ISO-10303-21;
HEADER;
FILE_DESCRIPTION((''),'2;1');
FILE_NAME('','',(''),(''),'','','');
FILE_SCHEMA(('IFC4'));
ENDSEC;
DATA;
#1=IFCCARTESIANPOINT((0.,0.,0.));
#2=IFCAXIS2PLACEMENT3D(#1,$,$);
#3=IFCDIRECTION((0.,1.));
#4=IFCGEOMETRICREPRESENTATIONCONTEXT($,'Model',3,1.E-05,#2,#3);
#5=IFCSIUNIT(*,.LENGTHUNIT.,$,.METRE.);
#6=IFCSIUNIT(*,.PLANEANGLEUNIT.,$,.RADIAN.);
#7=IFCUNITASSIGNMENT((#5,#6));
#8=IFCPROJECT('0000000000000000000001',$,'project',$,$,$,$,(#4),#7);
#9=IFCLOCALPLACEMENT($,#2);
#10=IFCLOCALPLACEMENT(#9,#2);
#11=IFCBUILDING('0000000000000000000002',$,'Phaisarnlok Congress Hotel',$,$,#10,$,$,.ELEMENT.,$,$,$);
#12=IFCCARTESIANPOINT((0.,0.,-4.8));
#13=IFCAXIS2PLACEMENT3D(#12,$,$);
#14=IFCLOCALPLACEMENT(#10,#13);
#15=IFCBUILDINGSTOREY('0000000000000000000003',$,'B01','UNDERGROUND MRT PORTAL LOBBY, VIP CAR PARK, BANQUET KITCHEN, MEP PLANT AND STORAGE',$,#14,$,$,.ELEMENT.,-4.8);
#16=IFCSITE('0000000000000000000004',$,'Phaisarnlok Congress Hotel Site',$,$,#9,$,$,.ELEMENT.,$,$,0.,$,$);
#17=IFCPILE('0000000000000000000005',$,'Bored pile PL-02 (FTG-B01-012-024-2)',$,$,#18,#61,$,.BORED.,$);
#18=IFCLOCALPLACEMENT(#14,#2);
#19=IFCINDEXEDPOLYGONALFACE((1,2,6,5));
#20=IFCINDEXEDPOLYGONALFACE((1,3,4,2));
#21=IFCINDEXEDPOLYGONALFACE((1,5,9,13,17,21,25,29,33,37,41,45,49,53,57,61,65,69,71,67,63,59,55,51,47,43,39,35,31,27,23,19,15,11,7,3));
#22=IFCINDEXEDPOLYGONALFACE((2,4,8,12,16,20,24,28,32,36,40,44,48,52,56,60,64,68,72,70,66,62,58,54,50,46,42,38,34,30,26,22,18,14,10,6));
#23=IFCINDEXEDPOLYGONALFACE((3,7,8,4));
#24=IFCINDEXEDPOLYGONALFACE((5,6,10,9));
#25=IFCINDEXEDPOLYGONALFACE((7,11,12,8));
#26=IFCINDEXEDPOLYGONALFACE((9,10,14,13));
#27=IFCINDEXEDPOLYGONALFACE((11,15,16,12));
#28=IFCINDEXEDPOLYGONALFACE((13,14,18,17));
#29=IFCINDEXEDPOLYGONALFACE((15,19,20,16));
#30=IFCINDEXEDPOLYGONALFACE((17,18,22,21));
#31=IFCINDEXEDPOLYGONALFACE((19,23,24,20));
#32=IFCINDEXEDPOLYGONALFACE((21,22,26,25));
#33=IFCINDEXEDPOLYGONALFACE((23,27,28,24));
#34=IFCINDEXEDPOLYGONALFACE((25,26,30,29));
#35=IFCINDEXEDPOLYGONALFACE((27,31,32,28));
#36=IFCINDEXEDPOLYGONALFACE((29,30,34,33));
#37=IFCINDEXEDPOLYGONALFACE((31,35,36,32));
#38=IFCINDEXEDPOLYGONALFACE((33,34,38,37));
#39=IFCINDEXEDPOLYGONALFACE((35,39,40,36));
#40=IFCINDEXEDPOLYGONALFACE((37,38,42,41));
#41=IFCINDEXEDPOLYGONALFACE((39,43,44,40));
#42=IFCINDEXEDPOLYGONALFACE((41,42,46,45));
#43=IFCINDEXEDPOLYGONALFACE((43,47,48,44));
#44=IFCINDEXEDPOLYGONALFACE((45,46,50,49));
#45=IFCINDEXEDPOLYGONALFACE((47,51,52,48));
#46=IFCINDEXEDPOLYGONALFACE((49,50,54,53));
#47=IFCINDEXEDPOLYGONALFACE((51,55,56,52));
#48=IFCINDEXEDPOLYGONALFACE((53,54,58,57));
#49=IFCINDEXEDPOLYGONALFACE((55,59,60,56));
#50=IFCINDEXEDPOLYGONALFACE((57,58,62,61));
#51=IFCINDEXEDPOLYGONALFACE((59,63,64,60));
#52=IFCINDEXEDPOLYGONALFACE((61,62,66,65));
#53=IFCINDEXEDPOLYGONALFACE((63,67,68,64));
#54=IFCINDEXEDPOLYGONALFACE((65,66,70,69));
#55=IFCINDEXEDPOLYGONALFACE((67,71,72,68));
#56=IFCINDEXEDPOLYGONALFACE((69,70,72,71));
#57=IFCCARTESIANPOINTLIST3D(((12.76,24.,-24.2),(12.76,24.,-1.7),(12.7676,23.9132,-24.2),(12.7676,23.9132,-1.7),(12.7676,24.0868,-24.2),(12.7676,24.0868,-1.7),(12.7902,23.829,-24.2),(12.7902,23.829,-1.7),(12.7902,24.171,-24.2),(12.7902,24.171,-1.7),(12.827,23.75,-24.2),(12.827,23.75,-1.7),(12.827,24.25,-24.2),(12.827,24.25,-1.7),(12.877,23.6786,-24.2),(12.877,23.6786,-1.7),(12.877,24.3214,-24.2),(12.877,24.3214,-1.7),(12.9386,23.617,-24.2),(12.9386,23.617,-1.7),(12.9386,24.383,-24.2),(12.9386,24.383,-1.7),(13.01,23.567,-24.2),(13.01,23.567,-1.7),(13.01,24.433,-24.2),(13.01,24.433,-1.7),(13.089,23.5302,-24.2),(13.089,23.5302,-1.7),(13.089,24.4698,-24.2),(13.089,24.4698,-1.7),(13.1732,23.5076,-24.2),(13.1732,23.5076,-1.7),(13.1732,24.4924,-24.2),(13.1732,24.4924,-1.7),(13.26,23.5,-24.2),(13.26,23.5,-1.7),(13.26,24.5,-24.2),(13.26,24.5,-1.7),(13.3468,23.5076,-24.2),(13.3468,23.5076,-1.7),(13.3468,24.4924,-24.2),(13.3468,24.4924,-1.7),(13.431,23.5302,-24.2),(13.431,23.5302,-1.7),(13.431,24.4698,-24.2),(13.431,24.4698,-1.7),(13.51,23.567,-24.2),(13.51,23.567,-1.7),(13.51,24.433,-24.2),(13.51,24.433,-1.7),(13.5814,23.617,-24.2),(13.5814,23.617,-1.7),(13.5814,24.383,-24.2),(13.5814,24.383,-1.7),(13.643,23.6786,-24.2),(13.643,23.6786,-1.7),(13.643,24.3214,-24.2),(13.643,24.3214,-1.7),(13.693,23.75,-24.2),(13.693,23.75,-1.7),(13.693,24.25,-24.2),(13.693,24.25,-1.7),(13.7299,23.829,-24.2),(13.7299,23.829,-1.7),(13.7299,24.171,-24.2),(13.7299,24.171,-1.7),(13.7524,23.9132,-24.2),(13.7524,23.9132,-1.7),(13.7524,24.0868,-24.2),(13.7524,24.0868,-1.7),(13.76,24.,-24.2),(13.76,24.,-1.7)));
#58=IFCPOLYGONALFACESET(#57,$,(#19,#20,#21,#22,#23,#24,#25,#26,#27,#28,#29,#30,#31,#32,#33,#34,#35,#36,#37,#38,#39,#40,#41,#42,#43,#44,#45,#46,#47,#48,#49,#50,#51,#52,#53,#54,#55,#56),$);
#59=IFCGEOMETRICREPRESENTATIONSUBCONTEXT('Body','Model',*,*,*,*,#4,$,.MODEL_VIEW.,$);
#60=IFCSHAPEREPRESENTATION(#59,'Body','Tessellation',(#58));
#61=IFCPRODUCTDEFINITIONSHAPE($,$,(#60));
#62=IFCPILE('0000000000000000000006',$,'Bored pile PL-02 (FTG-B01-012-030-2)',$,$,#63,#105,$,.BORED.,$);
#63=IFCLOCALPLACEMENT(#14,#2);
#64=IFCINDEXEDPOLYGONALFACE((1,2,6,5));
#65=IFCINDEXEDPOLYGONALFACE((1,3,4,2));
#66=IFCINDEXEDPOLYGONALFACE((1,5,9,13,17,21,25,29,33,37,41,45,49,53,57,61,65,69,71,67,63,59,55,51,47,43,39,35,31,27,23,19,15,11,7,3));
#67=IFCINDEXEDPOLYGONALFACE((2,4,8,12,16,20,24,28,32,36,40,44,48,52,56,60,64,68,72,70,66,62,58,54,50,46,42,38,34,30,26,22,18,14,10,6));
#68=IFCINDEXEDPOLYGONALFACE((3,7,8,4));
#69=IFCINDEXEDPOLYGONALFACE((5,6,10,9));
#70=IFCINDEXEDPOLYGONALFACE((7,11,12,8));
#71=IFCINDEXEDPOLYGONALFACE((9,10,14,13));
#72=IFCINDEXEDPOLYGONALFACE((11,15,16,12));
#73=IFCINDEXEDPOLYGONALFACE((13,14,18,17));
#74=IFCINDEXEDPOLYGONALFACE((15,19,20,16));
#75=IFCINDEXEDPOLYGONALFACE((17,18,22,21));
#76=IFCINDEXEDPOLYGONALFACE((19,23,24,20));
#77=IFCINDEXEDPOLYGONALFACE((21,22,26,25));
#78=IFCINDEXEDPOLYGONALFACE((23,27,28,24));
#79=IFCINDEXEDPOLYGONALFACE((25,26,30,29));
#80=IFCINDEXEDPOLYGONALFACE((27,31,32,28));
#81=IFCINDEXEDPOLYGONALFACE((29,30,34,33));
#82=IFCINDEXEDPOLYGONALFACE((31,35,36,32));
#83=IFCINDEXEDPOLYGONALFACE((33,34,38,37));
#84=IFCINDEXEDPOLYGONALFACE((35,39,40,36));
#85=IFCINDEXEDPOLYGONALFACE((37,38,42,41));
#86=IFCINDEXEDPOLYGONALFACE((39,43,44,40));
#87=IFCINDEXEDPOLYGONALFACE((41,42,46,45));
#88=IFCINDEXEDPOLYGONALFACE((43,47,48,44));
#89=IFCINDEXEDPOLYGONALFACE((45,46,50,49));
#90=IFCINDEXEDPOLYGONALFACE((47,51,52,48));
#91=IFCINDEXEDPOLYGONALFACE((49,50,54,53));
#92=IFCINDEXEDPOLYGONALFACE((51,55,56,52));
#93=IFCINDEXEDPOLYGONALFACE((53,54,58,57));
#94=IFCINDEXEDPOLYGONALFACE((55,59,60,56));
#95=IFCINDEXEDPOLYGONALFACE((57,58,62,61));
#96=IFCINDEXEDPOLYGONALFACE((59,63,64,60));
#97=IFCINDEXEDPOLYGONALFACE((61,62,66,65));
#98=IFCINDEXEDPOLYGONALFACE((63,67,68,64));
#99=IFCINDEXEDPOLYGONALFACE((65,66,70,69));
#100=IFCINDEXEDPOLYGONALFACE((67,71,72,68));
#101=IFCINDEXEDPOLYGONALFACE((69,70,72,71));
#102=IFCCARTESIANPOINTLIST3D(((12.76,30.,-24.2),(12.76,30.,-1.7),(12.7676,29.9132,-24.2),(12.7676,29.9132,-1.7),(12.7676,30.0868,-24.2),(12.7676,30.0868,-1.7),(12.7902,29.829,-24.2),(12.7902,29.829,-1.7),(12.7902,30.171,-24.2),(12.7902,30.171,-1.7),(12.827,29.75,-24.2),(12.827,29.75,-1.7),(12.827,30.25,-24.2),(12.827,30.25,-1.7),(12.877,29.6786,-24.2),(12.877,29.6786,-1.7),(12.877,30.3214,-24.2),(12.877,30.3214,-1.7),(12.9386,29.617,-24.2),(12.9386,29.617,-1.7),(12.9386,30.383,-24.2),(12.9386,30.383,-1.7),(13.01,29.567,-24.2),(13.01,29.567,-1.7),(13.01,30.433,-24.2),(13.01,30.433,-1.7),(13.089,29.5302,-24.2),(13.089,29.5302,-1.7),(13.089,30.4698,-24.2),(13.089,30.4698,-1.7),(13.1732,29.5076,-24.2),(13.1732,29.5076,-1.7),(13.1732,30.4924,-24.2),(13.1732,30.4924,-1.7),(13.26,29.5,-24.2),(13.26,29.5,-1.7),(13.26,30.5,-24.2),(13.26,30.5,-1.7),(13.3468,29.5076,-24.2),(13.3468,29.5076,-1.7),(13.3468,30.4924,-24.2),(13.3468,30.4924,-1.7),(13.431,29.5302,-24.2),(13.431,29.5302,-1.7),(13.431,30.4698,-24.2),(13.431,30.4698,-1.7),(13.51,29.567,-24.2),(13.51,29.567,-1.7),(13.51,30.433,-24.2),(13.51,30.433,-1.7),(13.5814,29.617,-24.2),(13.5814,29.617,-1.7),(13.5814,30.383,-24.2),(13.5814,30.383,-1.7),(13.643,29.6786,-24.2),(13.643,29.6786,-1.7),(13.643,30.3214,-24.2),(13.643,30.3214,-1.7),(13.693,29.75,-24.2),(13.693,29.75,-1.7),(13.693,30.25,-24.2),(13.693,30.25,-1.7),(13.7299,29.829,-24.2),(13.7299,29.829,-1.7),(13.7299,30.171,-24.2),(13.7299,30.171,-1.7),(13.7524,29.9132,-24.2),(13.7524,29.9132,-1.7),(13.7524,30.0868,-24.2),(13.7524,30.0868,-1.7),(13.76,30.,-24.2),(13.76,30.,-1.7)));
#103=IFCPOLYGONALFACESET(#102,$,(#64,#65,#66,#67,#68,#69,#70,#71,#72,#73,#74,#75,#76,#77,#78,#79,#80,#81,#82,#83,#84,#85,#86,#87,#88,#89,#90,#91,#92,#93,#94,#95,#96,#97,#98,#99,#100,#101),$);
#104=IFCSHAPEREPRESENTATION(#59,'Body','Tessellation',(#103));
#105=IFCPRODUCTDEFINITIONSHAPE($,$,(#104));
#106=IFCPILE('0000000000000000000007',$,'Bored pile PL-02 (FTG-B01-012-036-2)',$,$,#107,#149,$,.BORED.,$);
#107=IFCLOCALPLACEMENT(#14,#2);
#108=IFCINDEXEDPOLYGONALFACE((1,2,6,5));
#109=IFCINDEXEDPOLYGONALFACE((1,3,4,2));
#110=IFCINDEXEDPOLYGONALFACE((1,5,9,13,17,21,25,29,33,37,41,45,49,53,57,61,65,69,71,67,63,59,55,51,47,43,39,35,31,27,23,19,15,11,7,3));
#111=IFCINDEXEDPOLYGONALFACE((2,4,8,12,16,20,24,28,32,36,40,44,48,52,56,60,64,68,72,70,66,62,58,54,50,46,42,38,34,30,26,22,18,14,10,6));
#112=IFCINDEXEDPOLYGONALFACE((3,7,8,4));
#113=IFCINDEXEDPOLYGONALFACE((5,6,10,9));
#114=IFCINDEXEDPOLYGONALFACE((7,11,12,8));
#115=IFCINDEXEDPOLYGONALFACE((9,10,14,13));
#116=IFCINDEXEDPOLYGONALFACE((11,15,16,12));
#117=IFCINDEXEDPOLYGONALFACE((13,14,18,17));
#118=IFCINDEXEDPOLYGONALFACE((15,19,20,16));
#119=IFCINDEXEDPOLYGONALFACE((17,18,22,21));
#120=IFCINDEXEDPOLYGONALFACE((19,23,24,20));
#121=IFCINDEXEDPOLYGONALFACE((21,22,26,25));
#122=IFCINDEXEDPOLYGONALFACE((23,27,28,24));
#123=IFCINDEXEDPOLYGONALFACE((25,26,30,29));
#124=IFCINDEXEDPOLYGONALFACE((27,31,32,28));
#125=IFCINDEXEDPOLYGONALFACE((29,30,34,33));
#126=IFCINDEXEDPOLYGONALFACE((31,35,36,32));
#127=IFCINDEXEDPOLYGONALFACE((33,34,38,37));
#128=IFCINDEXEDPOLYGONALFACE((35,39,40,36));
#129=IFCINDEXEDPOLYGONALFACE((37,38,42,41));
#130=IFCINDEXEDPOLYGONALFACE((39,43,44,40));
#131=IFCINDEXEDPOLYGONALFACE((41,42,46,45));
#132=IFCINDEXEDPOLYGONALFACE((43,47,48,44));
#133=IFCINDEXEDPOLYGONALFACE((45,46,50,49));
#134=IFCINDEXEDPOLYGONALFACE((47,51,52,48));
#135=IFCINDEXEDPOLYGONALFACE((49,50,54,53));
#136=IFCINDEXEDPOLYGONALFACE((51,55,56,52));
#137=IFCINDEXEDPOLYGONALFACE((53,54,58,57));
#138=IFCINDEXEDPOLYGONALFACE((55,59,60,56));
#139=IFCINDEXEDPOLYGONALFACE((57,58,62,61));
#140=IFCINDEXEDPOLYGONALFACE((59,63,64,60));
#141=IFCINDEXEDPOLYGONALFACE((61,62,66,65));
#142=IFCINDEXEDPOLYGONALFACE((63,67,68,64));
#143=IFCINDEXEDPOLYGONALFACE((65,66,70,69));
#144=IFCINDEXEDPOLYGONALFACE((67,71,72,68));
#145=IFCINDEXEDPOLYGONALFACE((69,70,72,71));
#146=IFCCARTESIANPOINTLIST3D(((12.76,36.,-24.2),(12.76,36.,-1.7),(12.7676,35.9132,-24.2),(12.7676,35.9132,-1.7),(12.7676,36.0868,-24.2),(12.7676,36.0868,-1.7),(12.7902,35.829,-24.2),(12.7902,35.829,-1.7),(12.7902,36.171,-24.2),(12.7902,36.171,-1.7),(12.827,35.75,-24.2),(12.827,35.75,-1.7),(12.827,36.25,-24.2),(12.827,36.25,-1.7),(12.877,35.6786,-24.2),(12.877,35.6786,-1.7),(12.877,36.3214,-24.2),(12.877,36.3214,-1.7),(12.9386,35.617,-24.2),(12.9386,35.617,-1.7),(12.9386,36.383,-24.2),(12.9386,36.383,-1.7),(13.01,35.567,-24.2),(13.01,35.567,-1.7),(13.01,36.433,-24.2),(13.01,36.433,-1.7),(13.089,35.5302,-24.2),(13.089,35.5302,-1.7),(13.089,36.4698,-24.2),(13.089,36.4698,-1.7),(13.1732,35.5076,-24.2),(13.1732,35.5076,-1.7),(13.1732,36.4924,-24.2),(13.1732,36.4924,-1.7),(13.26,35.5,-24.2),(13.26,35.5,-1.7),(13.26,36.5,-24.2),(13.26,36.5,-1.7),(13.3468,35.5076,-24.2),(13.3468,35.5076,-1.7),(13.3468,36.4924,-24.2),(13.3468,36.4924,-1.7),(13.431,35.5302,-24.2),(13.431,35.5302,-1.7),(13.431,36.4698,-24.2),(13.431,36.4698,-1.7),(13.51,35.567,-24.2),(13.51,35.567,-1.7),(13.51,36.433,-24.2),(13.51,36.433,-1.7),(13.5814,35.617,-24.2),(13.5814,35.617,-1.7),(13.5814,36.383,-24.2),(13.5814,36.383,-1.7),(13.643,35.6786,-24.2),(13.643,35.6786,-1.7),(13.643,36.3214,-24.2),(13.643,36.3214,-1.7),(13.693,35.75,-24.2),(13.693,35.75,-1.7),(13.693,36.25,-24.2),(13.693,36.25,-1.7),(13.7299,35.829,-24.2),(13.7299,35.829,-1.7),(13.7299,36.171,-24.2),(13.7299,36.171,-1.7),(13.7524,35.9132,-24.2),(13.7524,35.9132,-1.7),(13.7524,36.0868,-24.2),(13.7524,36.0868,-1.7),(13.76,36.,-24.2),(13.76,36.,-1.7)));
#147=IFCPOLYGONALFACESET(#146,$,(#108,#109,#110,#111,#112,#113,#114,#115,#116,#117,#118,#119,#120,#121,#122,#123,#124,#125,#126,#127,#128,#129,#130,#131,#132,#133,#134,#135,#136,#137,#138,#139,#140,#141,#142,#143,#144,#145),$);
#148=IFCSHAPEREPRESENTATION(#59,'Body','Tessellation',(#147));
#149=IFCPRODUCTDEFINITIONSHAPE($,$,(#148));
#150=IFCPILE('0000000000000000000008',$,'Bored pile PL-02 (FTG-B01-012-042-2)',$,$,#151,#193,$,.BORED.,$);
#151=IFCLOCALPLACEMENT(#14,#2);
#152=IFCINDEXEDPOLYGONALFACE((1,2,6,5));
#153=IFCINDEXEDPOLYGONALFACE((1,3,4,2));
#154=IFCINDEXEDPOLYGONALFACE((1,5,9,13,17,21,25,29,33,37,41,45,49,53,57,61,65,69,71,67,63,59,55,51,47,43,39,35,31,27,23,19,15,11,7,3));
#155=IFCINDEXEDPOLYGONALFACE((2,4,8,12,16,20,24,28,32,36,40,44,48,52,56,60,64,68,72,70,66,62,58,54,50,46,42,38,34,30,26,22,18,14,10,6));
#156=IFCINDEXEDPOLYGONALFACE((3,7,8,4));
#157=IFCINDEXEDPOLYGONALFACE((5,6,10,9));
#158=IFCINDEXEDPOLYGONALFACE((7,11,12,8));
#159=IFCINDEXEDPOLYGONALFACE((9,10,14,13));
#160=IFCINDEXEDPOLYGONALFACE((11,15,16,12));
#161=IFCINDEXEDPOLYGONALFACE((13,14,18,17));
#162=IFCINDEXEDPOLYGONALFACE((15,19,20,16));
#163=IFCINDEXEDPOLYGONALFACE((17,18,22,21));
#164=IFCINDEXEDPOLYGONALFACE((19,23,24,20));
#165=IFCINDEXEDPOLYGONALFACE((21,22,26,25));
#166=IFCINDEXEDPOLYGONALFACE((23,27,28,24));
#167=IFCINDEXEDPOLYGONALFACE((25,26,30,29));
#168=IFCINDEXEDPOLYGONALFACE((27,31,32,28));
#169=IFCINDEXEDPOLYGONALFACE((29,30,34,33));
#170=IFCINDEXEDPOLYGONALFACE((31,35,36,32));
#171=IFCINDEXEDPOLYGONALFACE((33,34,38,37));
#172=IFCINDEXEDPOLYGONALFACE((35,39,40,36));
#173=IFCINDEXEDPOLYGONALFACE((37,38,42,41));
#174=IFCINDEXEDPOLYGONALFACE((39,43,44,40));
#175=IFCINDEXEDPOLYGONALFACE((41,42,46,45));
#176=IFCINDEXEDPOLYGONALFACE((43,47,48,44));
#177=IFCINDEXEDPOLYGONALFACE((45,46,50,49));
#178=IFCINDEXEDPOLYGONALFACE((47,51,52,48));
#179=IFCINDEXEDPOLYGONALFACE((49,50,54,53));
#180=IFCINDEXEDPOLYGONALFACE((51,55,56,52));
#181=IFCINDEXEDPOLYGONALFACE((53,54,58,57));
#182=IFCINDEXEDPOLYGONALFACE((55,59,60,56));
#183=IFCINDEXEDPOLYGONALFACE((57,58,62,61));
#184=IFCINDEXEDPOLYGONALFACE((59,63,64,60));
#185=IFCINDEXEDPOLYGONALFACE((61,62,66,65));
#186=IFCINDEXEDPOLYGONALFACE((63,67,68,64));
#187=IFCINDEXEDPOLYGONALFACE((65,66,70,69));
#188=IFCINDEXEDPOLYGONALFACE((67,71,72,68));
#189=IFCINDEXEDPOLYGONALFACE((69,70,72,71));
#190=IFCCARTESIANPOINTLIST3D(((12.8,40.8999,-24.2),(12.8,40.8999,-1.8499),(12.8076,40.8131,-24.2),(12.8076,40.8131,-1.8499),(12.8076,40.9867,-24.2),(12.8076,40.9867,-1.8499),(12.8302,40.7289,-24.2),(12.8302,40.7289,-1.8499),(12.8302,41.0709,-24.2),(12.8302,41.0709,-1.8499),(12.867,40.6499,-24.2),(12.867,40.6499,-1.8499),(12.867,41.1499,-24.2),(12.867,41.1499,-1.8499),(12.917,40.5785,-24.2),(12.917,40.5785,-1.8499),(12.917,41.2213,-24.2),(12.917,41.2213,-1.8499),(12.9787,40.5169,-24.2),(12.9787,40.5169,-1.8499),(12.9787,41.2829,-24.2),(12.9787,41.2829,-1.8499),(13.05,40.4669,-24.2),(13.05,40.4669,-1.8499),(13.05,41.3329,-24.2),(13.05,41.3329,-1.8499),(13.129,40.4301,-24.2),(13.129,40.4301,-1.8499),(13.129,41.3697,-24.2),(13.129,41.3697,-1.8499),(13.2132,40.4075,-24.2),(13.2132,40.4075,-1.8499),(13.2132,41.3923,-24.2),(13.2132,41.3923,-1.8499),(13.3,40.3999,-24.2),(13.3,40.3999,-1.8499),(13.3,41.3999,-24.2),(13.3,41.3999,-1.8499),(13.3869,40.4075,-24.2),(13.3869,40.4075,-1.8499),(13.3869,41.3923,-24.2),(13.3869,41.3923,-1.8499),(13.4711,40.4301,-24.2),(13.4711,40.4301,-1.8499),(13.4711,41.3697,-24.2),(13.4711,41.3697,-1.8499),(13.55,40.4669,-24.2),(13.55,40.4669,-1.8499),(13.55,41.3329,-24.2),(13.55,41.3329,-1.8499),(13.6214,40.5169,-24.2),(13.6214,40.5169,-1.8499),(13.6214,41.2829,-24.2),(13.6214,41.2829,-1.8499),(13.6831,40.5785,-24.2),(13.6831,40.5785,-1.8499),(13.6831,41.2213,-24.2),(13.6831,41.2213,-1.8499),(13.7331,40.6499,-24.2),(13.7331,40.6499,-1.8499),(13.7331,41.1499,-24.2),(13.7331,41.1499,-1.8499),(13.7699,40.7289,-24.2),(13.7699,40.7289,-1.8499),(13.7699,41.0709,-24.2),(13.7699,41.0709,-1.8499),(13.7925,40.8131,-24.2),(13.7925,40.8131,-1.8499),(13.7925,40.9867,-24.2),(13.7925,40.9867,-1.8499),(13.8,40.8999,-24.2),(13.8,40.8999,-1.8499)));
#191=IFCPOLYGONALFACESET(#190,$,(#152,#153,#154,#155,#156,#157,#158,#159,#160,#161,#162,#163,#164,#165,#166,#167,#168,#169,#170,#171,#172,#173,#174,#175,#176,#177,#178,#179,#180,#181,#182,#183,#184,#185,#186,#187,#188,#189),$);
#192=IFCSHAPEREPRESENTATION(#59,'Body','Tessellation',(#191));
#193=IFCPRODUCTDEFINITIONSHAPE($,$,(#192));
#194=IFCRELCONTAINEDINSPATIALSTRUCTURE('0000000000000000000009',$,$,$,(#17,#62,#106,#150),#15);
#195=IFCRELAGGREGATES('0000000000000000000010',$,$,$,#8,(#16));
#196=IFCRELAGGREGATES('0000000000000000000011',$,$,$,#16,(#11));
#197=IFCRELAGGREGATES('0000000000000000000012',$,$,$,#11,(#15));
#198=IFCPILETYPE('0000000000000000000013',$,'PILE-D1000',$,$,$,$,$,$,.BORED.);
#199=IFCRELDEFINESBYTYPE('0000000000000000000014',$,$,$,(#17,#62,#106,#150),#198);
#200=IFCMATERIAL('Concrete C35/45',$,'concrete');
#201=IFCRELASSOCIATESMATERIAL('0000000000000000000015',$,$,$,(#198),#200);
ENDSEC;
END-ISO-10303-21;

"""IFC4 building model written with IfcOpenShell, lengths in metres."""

from ifc_helpers import new_model, si_unit, direction, frame, origin, origin_2d, place, context, subcontext, project, spatial, circle, extrude, material, material_profile, profile_set, type_object, element, save


model = new_model("IFC4")

# Units and contexts
model_context = context("Model", 3, precision=1e-05, world=origin(), true_north=direction((0.0, 1.0)))
body_context = subcontext(model_context, "Body", "Model", "MODEL_VIEW")
ifc_project = project(units=[si_unit("LENGTHUNIT", "METRE"), si_unit("PLANEANGLEUNIT", "RADIAN")], contexts=[model_context])

# Site, building, storey
site_placement = place(None, origin())
site = spatial("IfcSite", under=ifc_project, at=site_placement, Name="Phaisarnlok Congress Hotel Site", CompositionType="ELEMENT", RefElevation=0.0)
building_placement = place(site_placement, origin())
building = spatial("IfcBuilding", under=site, at=building_placement, Name="Phaisarnlok Congress Hotel", CompositionType="ELEMENT")
storey_placement = place(building_placement, frame((0.0, 0.0, -4.8)))
storey = spatial("IfcBuildingStorey", under=building, at=storey_placement, Name="B01", Description="UNDERGROUND MRT PORTAL LOBBY, VIP CAR PARK, BANQUET KITCHEN, MEP PLANT AND STORAGE", CompositionType="ELEMENT", Elevation=-4.8)

# Piles
ifc_material_1 = material(Name="Concrete C35/45", Category="concrete")
ifc_material_profile_1 = material_profile(ifc_material_1, circle(Radius=0.5, at=origin_2d()), Name="BORED PILE D1000")
ifc_profile_set_1 = profile_set([ifc_material_profile_1], Name="Concrete C35/45")
pile_type = type_object("IfcPileType", Name="PILE-D1000", PredefinedType="BORED", material=ifc_profile_set_1)
for number, where, z_axis, x_axis, name in (
    (1, (13.26, 24.0, -1.7), (0.0, 0.0, -1.0), (1.0, 0.0, 0.0), "Bored pile PL-02 (FTG-B01-012-024-2)"),
    (2, (13.26, 30.0, -1.7), (0.0, 0.0, -1.0), (1.0, 0.0, 0.0), "Bored pile PL-02 (FTG-B01-012-030-2)"),
    (3, (13.26, 36.0, -1.7), (0.0, 0.0, -1.0), (1.0, 0.0, 0.0), "Bored pile PL-02 (FTG-B01-012-036-2)"),
):
    element("IfcPile", number, at=place(storey_placement, frame(where, z_axis=z_axis, x_axis=x_axis)), inside=storey, type_object=pile_type, Name=name, PredefinedType="BORED", context=body_context, shape_type="SweptSolid", body=[
        extrude(circle(Radius=0.5, at=origin_2d()), origin(), (0.0, 0.0, 1.0), 22.5),
    ])
pile_placement = place(storey_placement, frame((13.3, 40.8999, -1.8499), z_axis=(0.0, 0.0, -1.0), x_axis=(1.0, 0.0, 0.0)))
element("IfcPile", 4, at=pile_placement, inside=storey, type_object=pile_type, Name="Bored pile PL-02 (FTG-B01-012-042-2)", PredefinedType="BORED", context=body_context, shape_type="SweptSolid", body=[
    extrude(circle(Radius=0.5, at=origin_2d()), origin(), (0.0, 0.0, 1.0), 22.3501),
])

save(model, "model.ifc")
